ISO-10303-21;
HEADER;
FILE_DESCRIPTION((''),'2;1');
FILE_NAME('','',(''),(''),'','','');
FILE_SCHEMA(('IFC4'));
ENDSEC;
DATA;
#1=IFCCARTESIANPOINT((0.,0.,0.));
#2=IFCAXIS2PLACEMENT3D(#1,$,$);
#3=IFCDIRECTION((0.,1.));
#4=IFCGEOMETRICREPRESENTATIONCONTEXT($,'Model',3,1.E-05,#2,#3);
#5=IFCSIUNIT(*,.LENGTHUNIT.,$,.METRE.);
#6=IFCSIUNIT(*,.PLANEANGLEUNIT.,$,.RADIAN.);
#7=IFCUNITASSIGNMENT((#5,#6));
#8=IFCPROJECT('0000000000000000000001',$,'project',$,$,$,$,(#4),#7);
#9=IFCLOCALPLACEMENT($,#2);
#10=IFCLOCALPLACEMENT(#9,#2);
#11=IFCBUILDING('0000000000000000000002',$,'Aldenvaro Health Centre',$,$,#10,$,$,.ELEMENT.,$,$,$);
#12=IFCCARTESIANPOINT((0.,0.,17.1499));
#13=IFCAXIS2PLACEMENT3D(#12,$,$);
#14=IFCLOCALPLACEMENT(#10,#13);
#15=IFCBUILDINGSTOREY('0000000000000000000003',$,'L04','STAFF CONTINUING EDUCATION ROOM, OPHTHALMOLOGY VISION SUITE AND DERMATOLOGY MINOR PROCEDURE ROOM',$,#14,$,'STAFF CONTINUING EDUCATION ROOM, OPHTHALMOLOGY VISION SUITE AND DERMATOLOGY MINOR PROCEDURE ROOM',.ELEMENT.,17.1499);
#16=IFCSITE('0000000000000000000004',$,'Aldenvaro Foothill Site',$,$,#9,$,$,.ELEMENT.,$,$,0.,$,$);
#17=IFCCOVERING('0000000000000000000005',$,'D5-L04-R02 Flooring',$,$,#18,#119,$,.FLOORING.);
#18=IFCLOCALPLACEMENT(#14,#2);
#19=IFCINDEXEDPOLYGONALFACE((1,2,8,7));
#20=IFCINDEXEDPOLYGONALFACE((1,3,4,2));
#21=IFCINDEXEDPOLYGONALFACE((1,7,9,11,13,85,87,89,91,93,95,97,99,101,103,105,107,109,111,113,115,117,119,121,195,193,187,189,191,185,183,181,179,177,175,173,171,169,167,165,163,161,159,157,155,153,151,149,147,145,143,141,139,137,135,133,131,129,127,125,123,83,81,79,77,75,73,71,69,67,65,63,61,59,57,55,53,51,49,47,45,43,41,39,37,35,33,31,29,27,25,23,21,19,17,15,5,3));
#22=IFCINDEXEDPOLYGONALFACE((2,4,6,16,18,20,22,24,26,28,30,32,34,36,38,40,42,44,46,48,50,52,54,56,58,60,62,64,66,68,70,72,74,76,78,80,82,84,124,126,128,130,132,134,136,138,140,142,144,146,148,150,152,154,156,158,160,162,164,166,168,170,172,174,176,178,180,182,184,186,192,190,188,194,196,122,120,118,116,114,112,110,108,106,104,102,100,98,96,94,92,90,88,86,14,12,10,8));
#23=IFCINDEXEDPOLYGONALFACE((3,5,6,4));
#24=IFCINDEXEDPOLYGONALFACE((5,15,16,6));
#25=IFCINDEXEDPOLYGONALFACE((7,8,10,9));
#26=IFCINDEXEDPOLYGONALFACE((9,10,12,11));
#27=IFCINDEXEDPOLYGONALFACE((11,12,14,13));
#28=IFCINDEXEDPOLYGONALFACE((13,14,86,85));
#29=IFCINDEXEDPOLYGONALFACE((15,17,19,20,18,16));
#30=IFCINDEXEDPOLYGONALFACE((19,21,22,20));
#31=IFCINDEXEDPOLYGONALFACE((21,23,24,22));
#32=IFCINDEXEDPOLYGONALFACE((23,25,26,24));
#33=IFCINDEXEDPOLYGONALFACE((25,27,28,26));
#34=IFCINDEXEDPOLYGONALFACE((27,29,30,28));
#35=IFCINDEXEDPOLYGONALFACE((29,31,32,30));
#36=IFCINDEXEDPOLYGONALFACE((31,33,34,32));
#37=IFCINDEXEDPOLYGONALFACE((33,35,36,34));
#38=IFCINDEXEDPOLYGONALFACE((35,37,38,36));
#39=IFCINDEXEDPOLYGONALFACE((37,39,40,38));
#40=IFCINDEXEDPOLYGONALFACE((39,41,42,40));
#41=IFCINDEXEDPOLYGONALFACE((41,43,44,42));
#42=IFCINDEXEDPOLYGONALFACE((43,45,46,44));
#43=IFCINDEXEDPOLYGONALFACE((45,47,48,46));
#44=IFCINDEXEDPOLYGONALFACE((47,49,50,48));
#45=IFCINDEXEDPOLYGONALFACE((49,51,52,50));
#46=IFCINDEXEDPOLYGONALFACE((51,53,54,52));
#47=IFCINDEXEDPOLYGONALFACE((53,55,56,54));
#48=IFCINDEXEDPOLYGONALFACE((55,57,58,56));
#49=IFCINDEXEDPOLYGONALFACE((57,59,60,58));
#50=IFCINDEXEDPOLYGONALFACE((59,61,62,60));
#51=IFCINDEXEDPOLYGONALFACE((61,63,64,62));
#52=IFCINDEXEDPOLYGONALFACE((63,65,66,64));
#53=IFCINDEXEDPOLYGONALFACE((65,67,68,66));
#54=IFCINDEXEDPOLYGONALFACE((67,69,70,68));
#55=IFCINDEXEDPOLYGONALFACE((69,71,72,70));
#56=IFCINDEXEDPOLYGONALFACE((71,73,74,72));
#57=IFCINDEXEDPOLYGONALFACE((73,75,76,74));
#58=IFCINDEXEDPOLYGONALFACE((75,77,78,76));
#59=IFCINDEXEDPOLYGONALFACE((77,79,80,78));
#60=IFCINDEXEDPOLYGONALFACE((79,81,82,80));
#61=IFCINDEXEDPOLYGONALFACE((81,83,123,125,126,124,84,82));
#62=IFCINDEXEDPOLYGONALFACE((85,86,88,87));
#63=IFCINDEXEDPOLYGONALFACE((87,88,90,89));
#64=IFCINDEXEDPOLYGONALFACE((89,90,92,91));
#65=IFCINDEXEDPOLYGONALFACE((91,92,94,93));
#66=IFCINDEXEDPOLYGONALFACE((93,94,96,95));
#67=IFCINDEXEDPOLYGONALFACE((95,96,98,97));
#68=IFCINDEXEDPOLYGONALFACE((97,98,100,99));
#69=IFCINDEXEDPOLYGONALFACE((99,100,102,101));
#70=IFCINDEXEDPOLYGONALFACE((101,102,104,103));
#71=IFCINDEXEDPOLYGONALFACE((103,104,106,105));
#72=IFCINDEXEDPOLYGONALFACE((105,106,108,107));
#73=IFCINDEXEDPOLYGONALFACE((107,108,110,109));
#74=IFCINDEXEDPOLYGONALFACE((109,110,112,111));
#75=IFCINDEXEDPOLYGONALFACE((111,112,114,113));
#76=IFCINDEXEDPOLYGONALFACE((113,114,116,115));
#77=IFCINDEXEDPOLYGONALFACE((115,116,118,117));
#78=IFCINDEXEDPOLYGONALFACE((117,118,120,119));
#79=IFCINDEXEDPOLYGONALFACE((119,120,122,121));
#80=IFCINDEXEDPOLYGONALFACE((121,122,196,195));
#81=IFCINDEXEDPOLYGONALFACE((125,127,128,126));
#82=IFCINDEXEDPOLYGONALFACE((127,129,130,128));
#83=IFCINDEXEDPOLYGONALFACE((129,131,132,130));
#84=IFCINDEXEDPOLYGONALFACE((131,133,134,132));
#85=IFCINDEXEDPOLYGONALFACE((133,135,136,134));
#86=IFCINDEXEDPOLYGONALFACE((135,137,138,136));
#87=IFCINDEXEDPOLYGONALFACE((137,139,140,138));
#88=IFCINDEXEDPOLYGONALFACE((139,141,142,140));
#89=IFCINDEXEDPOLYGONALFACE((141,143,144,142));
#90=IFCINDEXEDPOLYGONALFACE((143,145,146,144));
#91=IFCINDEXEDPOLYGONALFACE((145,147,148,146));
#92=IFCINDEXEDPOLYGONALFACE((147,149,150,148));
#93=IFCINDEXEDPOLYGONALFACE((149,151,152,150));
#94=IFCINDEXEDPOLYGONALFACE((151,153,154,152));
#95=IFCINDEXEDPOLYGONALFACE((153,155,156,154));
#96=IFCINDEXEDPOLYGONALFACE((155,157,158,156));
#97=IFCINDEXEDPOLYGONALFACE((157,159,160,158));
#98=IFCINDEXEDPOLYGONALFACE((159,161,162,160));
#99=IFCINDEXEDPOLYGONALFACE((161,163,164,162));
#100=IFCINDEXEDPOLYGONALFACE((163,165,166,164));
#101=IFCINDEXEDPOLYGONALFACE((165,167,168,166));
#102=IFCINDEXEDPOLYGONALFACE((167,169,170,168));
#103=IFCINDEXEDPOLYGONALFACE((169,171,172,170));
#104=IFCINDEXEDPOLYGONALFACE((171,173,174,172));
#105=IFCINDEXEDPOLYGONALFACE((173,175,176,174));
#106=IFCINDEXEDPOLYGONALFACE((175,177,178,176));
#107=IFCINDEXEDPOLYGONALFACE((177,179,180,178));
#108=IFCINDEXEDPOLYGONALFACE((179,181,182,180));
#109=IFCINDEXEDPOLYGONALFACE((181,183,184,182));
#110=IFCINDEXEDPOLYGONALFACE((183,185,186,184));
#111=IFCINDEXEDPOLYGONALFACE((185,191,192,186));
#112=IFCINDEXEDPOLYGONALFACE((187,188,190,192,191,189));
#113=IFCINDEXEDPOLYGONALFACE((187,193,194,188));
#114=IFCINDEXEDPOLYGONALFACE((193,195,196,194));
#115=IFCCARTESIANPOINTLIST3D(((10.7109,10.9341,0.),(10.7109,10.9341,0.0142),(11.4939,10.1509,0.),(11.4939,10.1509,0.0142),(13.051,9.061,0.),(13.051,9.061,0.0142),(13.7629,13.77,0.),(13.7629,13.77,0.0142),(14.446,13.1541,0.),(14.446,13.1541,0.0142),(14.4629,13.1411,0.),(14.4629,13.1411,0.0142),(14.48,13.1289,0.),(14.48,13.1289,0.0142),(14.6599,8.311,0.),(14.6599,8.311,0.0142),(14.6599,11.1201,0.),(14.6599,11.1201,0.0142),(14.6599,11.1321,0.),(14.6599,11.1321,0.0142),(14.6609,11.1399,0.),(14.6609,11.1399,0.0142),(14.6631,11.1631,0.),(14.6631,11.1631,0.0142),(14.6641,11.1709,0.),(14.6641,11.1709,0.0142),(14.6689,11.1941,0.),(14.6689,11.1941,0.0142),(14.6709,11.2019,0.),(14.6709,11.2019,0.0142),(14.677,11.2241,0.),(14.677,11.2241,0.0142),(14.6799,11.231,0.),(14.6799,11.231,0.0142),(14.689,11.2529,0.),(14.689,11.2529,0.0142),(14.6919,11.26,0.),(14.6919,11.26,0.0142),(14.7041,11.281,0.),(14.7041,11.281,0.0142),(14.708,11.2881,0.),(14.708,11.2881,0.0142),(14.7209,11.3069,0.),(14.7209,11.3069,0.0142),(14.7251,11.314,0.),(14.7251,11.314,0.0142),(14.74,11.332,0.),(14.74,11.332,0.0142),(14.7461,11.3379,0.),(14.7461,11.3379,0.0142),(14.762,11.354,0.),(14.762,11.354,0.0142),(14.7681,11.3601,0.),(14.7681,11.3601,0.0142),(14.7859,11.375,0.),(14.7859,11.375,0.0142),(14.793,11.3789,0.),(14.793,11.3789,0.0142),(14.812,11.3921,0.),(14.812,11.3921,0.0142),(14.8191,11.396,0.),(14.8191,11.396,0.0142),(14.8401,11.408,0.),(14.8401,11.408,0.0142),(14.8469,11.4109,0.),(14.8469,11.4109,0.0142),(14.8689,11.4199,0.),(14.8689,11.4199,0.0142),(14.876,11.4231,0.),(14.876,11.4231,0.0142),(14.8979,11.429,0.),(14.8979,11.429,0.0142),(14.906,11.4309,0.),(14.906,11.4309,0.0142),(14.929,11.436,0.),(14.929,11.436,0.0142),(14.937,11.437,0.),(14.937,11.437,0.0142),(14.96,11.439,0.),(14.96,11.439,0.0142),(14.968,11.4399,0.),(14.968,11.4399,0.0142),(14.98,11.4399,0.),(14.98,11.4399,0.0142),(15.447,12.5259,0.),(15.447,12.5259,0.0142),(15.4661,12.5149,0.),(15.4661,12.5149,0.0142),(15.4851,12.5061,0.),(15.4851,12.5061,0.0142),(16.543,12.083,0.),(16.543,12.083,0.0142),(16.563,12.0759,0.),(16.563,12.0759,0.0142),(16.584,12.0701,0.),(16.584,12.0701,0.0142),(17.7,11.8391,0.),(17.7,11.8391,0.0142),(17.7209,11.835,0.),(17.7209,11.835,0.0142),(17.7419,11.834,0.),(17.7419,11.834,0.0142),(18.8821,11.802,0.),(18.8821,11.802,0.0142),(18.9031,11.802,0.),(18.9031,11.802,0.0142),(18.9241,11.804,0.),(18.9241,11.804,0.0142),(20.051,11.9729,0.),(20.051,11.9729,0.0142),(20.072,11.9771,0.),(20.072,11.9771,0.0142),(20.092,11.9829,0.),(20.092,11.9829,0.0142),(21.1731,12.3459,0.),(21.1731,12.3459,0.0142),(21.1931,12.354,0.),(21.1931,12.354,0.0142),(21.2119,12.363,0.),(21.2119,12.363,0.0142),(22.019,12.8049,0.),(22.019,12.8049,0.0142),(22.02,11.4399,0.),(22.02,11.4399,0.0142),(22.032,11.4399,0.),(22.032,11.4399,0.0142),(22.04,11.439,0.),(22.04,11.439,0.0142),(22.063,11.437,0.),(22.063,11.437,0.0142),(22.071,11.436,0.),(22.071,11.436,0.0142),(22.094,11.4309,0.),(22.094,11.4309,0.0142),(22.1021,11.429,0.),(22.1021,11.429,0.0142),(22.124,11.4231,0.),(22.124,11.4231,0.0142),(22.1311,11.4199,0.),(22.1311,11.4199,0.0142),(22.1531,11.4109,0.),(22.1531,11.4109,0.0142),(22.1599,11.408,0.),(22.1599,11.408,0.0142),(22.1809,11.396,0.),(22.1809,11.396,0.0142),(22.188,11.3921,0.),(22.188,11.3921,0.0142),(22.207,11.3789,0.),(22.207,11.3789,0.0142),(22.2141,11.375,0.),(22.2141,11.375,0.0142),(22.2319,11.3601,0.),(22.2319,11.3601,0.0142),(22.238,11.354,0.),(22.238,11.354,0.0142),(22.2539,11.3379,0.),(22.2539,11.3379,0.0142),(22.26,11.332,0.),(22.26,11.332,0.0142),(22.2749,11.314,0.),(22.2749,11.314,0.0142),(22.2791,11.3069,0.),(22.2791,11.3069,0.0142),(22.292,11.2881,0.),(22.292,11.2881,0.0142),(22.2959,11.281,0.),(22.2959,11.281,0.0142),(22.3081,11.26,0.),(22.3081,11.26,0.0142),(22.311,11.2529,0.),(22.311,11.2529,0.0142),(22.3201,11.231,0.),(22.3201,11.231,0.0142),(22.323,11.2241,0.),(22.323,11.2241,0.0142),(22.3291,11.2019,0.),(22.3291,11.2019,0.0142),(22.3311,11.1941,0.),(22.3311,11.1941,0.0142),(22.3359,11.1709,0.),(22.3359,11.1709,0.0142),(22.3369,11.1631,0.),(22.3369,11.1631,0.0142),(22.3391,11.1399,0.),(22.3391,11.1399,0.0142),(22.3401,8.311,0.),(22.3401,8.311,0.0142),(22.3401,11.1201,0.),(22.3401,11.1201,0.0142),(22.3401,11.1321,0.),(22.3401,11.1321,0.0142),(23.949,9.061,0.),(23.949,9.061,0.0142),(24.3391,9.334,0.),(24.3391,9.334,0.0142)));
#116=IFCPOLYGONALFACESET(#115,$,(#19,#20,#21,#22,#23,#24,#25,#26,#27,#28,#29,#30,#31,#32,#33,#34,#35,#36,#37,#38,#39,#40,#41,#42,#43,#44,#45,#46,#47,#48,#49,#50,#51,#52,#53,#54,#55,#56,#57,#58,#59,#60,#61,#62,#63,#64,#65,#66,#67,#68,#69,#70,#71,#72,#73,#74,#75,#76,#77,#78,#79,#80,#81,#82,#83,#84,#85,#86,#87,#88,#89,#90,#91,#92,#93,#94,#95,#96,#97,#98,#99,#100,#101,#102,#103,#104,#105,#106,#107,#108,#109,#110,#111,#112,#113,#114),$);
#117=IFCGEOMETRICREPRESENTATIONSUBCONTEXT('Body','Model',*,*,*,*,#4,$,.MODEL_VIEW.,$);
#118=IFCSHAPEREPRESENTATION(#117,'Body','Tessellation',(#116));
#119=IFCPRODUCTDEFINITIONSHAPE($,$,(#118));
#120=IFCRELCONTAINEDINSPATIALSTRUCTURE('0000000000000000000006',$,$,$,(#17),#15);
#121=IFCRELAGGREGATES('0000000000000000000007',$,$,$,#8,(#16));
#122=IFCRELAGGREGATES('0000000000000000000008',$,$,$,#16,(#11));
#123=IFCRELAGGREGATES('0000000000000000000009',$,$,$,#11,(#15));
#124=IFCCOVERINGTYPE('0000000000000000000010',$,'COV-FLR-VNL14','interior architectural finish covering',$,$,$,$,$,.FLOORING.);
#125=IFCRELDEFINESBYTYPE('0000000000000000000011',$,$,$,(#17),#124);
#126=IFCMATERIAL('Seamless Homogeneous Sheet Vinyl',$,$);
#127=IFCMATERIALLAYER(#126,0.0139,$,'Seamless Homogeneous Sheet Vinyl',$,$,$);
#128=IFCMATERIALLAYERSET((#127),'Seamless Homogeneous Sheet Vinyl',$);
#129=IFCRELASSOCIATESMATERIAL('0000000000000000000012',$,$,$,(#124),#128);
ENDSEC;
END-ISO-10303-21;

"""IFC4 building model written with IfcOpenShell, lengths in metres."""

from ifc_helpers import new_model, si_unit, direction, frame, origin, place, context, subcontext, project, spatial, polyline, outline, extrude, material, layer, layer_set, type_object, element, save


model = new_model("IFC4")

# Units and contexts
model_context = context("Model", 3, precision=1e-05, world=origin(), true_north=direction((0.0, 1.0)))
body_context = subcontext(model_context, "Body", "Model", "MODEL_VIEW")
ifc_project = project(units=[si_unit("LENGTHUNIT", "METRE"), si_unit("PLANEANGLEUNIT", "RADIAN")], contexts=[model_context])

# Site, building, storey
site_placement = place(None, origin())
site = spatial("IfcSite", under=ifc_project, at=site_placement, Name="Aldenvaro Foothill Site", CompositionType="ELEMENT", RefElevation=0.0)
building_placement = place(site_placement, origin())
building = spatial("IfcBuilding", under=site, at=building_placement, Name="Aldenvaro Health Centre", CompositionType="ELEMENT")
storey_placement = place(building_placement, frame((0.0, 0.0, 17.1499)))
storey = spatial("IfcBuildingStorey", under=building, at=storey_placement, Name="L04", Description="STAFF CONTINUING EDUCATION ROOM, OPHTHALMOLOGY VISION SUITE AND DERMATOLOGY MINOR PROCEDURE ROOM", LongName="STAFF CONTINUING EDUCATION ROOM, OPHTHALMOLOGY VISION SUITE AND DERMATOLOGY MINOR PROCEDURE ROOM", CompositionType="ELEMENT", Elevation=17.1499)

# Covering
ifc_material_1 = material(Name="Seamless Homogeneous Sheet Vinyl")
ifc_layer_1 = layer(ifc_material_1, 0.0139, Name="Seamless Homogeneous Sheet Vinyl")
ifc_layer_set_1 = layer_set([ifc_layer_1], Name="Seamless Homogeneous Sheet Vinyl")
covering_type_1 = type_object("IfcCoveringType", Name="COV-FLR-VNL14", Description="interior architectural finish covering", PredefinedType="FLOORING", material=ifc_layer_set_1)
covering_1_placement = place(storey_placement, origin())
element("IfcCovering", 1, at=covering_1_placement, inside=storey, type_object=covering_type_1, Name="D5-L04-R02 Flooring", PredefinedType="FLOORING", context=body_context, shape_type="SweptSolid", body=[
    extrude(outline(polyline([(14.446, 13.1541), (14.4629, 13.1411), (14.48, 13.1289), (15.447, 12.5259), (15.4661, 12.5149), (15.4851, 12.5061), (16.543, 12.083), (16.563, 12.0759), (16.584, 12.0701), (17.7, 11.8391), (17.7209, 11.835), (17.7419, 11.834), (18.8821, 11.802), (18.9031, 11.802), (18.9241, 11.804), (20.051, 11.9729), (20.072, 11.9771), (20.092, 11.9829), (21.1731, 12.3459), (21.1931, 12.354), (21.2119, 12.363), (22.019, 12.8049), (24.3391, 9.334), (23.949, 9.061), (22.3401, 8.311), (22.3401, 11.1201), (22.3401, 11.1321), (22.3391, 11.1399), (22.3369, 11.1631), (22.3359, 11.1709), (22.3311, 11.1941), (22.3291, 11.2019), (22.323, 11.2241), (22.3201, 11.231), (22.311, 11.2529), (22.3081, 11.26), (22.2959, 11.281), (22.292, 11.2881), (22.2791, 11.3069), (22.2749, 11.314), (22.26, 11.332), (22.2539, 11.3379), (22.238, 11.354), (22.2319, 11.3601), (22.2141, 11.375), (22.207, 11.3789), (22.188, 11.3921), (22.1809, 11.396), (22.1599, 11.408), (22.1531, 11.4109), (22.1311, 11.4199), (22.124, 11.4231), (22.1021, 11.429), (22.094, 11.4309), (22.071, 11.436), (22.063, 11.437), (22.04, 11.439), (22.032, 11.4399), (22.02, 11.4399), (14.98, 11.4399), (14.968, 11.4399), (14.96, 11.439), (14.937, 11.437), (14.929, 11.436), (14.906, 11.4309), (14.8979, 11.429), (14.876, 11.4231), (14.8689, 11.4199), (14.8469, 11.4109), (14.8401, 11.408), (14.8191, 11.396), (14.812, 11.3921), (14.793, 11.3789), (14.7859, 11.375), (14.7681, 11.3601), (14.762, 11.354), (14.7461, 11.3379), (14.74, 11.332), (14.7251, 11.314), (14.7209, 11.3069), (14.708, 11.2881), (14.7041, 11.281), (14.6919, 11.26), (14.689, 11.2529), (14.6799, 11.231), (14.677, 11.2241), (14.6709, 11.2019), (14.6689, 11.1941), (14.6641, 11.1709), (14.6631, 11.1631), (14.6609, 11.1399), (14.6599, 11.1321), (14.6599, 11.1201), (14.6599, 8.311), (13.051, 9.061), (11.4939, 10.1509), (10.7109, 10.9341), (13.7629, 13.77), (14.446, 13.1541)])), origin(), (0.0, 0.0, 1.0), 0.0142),
])

save(model, "model.ifc")
